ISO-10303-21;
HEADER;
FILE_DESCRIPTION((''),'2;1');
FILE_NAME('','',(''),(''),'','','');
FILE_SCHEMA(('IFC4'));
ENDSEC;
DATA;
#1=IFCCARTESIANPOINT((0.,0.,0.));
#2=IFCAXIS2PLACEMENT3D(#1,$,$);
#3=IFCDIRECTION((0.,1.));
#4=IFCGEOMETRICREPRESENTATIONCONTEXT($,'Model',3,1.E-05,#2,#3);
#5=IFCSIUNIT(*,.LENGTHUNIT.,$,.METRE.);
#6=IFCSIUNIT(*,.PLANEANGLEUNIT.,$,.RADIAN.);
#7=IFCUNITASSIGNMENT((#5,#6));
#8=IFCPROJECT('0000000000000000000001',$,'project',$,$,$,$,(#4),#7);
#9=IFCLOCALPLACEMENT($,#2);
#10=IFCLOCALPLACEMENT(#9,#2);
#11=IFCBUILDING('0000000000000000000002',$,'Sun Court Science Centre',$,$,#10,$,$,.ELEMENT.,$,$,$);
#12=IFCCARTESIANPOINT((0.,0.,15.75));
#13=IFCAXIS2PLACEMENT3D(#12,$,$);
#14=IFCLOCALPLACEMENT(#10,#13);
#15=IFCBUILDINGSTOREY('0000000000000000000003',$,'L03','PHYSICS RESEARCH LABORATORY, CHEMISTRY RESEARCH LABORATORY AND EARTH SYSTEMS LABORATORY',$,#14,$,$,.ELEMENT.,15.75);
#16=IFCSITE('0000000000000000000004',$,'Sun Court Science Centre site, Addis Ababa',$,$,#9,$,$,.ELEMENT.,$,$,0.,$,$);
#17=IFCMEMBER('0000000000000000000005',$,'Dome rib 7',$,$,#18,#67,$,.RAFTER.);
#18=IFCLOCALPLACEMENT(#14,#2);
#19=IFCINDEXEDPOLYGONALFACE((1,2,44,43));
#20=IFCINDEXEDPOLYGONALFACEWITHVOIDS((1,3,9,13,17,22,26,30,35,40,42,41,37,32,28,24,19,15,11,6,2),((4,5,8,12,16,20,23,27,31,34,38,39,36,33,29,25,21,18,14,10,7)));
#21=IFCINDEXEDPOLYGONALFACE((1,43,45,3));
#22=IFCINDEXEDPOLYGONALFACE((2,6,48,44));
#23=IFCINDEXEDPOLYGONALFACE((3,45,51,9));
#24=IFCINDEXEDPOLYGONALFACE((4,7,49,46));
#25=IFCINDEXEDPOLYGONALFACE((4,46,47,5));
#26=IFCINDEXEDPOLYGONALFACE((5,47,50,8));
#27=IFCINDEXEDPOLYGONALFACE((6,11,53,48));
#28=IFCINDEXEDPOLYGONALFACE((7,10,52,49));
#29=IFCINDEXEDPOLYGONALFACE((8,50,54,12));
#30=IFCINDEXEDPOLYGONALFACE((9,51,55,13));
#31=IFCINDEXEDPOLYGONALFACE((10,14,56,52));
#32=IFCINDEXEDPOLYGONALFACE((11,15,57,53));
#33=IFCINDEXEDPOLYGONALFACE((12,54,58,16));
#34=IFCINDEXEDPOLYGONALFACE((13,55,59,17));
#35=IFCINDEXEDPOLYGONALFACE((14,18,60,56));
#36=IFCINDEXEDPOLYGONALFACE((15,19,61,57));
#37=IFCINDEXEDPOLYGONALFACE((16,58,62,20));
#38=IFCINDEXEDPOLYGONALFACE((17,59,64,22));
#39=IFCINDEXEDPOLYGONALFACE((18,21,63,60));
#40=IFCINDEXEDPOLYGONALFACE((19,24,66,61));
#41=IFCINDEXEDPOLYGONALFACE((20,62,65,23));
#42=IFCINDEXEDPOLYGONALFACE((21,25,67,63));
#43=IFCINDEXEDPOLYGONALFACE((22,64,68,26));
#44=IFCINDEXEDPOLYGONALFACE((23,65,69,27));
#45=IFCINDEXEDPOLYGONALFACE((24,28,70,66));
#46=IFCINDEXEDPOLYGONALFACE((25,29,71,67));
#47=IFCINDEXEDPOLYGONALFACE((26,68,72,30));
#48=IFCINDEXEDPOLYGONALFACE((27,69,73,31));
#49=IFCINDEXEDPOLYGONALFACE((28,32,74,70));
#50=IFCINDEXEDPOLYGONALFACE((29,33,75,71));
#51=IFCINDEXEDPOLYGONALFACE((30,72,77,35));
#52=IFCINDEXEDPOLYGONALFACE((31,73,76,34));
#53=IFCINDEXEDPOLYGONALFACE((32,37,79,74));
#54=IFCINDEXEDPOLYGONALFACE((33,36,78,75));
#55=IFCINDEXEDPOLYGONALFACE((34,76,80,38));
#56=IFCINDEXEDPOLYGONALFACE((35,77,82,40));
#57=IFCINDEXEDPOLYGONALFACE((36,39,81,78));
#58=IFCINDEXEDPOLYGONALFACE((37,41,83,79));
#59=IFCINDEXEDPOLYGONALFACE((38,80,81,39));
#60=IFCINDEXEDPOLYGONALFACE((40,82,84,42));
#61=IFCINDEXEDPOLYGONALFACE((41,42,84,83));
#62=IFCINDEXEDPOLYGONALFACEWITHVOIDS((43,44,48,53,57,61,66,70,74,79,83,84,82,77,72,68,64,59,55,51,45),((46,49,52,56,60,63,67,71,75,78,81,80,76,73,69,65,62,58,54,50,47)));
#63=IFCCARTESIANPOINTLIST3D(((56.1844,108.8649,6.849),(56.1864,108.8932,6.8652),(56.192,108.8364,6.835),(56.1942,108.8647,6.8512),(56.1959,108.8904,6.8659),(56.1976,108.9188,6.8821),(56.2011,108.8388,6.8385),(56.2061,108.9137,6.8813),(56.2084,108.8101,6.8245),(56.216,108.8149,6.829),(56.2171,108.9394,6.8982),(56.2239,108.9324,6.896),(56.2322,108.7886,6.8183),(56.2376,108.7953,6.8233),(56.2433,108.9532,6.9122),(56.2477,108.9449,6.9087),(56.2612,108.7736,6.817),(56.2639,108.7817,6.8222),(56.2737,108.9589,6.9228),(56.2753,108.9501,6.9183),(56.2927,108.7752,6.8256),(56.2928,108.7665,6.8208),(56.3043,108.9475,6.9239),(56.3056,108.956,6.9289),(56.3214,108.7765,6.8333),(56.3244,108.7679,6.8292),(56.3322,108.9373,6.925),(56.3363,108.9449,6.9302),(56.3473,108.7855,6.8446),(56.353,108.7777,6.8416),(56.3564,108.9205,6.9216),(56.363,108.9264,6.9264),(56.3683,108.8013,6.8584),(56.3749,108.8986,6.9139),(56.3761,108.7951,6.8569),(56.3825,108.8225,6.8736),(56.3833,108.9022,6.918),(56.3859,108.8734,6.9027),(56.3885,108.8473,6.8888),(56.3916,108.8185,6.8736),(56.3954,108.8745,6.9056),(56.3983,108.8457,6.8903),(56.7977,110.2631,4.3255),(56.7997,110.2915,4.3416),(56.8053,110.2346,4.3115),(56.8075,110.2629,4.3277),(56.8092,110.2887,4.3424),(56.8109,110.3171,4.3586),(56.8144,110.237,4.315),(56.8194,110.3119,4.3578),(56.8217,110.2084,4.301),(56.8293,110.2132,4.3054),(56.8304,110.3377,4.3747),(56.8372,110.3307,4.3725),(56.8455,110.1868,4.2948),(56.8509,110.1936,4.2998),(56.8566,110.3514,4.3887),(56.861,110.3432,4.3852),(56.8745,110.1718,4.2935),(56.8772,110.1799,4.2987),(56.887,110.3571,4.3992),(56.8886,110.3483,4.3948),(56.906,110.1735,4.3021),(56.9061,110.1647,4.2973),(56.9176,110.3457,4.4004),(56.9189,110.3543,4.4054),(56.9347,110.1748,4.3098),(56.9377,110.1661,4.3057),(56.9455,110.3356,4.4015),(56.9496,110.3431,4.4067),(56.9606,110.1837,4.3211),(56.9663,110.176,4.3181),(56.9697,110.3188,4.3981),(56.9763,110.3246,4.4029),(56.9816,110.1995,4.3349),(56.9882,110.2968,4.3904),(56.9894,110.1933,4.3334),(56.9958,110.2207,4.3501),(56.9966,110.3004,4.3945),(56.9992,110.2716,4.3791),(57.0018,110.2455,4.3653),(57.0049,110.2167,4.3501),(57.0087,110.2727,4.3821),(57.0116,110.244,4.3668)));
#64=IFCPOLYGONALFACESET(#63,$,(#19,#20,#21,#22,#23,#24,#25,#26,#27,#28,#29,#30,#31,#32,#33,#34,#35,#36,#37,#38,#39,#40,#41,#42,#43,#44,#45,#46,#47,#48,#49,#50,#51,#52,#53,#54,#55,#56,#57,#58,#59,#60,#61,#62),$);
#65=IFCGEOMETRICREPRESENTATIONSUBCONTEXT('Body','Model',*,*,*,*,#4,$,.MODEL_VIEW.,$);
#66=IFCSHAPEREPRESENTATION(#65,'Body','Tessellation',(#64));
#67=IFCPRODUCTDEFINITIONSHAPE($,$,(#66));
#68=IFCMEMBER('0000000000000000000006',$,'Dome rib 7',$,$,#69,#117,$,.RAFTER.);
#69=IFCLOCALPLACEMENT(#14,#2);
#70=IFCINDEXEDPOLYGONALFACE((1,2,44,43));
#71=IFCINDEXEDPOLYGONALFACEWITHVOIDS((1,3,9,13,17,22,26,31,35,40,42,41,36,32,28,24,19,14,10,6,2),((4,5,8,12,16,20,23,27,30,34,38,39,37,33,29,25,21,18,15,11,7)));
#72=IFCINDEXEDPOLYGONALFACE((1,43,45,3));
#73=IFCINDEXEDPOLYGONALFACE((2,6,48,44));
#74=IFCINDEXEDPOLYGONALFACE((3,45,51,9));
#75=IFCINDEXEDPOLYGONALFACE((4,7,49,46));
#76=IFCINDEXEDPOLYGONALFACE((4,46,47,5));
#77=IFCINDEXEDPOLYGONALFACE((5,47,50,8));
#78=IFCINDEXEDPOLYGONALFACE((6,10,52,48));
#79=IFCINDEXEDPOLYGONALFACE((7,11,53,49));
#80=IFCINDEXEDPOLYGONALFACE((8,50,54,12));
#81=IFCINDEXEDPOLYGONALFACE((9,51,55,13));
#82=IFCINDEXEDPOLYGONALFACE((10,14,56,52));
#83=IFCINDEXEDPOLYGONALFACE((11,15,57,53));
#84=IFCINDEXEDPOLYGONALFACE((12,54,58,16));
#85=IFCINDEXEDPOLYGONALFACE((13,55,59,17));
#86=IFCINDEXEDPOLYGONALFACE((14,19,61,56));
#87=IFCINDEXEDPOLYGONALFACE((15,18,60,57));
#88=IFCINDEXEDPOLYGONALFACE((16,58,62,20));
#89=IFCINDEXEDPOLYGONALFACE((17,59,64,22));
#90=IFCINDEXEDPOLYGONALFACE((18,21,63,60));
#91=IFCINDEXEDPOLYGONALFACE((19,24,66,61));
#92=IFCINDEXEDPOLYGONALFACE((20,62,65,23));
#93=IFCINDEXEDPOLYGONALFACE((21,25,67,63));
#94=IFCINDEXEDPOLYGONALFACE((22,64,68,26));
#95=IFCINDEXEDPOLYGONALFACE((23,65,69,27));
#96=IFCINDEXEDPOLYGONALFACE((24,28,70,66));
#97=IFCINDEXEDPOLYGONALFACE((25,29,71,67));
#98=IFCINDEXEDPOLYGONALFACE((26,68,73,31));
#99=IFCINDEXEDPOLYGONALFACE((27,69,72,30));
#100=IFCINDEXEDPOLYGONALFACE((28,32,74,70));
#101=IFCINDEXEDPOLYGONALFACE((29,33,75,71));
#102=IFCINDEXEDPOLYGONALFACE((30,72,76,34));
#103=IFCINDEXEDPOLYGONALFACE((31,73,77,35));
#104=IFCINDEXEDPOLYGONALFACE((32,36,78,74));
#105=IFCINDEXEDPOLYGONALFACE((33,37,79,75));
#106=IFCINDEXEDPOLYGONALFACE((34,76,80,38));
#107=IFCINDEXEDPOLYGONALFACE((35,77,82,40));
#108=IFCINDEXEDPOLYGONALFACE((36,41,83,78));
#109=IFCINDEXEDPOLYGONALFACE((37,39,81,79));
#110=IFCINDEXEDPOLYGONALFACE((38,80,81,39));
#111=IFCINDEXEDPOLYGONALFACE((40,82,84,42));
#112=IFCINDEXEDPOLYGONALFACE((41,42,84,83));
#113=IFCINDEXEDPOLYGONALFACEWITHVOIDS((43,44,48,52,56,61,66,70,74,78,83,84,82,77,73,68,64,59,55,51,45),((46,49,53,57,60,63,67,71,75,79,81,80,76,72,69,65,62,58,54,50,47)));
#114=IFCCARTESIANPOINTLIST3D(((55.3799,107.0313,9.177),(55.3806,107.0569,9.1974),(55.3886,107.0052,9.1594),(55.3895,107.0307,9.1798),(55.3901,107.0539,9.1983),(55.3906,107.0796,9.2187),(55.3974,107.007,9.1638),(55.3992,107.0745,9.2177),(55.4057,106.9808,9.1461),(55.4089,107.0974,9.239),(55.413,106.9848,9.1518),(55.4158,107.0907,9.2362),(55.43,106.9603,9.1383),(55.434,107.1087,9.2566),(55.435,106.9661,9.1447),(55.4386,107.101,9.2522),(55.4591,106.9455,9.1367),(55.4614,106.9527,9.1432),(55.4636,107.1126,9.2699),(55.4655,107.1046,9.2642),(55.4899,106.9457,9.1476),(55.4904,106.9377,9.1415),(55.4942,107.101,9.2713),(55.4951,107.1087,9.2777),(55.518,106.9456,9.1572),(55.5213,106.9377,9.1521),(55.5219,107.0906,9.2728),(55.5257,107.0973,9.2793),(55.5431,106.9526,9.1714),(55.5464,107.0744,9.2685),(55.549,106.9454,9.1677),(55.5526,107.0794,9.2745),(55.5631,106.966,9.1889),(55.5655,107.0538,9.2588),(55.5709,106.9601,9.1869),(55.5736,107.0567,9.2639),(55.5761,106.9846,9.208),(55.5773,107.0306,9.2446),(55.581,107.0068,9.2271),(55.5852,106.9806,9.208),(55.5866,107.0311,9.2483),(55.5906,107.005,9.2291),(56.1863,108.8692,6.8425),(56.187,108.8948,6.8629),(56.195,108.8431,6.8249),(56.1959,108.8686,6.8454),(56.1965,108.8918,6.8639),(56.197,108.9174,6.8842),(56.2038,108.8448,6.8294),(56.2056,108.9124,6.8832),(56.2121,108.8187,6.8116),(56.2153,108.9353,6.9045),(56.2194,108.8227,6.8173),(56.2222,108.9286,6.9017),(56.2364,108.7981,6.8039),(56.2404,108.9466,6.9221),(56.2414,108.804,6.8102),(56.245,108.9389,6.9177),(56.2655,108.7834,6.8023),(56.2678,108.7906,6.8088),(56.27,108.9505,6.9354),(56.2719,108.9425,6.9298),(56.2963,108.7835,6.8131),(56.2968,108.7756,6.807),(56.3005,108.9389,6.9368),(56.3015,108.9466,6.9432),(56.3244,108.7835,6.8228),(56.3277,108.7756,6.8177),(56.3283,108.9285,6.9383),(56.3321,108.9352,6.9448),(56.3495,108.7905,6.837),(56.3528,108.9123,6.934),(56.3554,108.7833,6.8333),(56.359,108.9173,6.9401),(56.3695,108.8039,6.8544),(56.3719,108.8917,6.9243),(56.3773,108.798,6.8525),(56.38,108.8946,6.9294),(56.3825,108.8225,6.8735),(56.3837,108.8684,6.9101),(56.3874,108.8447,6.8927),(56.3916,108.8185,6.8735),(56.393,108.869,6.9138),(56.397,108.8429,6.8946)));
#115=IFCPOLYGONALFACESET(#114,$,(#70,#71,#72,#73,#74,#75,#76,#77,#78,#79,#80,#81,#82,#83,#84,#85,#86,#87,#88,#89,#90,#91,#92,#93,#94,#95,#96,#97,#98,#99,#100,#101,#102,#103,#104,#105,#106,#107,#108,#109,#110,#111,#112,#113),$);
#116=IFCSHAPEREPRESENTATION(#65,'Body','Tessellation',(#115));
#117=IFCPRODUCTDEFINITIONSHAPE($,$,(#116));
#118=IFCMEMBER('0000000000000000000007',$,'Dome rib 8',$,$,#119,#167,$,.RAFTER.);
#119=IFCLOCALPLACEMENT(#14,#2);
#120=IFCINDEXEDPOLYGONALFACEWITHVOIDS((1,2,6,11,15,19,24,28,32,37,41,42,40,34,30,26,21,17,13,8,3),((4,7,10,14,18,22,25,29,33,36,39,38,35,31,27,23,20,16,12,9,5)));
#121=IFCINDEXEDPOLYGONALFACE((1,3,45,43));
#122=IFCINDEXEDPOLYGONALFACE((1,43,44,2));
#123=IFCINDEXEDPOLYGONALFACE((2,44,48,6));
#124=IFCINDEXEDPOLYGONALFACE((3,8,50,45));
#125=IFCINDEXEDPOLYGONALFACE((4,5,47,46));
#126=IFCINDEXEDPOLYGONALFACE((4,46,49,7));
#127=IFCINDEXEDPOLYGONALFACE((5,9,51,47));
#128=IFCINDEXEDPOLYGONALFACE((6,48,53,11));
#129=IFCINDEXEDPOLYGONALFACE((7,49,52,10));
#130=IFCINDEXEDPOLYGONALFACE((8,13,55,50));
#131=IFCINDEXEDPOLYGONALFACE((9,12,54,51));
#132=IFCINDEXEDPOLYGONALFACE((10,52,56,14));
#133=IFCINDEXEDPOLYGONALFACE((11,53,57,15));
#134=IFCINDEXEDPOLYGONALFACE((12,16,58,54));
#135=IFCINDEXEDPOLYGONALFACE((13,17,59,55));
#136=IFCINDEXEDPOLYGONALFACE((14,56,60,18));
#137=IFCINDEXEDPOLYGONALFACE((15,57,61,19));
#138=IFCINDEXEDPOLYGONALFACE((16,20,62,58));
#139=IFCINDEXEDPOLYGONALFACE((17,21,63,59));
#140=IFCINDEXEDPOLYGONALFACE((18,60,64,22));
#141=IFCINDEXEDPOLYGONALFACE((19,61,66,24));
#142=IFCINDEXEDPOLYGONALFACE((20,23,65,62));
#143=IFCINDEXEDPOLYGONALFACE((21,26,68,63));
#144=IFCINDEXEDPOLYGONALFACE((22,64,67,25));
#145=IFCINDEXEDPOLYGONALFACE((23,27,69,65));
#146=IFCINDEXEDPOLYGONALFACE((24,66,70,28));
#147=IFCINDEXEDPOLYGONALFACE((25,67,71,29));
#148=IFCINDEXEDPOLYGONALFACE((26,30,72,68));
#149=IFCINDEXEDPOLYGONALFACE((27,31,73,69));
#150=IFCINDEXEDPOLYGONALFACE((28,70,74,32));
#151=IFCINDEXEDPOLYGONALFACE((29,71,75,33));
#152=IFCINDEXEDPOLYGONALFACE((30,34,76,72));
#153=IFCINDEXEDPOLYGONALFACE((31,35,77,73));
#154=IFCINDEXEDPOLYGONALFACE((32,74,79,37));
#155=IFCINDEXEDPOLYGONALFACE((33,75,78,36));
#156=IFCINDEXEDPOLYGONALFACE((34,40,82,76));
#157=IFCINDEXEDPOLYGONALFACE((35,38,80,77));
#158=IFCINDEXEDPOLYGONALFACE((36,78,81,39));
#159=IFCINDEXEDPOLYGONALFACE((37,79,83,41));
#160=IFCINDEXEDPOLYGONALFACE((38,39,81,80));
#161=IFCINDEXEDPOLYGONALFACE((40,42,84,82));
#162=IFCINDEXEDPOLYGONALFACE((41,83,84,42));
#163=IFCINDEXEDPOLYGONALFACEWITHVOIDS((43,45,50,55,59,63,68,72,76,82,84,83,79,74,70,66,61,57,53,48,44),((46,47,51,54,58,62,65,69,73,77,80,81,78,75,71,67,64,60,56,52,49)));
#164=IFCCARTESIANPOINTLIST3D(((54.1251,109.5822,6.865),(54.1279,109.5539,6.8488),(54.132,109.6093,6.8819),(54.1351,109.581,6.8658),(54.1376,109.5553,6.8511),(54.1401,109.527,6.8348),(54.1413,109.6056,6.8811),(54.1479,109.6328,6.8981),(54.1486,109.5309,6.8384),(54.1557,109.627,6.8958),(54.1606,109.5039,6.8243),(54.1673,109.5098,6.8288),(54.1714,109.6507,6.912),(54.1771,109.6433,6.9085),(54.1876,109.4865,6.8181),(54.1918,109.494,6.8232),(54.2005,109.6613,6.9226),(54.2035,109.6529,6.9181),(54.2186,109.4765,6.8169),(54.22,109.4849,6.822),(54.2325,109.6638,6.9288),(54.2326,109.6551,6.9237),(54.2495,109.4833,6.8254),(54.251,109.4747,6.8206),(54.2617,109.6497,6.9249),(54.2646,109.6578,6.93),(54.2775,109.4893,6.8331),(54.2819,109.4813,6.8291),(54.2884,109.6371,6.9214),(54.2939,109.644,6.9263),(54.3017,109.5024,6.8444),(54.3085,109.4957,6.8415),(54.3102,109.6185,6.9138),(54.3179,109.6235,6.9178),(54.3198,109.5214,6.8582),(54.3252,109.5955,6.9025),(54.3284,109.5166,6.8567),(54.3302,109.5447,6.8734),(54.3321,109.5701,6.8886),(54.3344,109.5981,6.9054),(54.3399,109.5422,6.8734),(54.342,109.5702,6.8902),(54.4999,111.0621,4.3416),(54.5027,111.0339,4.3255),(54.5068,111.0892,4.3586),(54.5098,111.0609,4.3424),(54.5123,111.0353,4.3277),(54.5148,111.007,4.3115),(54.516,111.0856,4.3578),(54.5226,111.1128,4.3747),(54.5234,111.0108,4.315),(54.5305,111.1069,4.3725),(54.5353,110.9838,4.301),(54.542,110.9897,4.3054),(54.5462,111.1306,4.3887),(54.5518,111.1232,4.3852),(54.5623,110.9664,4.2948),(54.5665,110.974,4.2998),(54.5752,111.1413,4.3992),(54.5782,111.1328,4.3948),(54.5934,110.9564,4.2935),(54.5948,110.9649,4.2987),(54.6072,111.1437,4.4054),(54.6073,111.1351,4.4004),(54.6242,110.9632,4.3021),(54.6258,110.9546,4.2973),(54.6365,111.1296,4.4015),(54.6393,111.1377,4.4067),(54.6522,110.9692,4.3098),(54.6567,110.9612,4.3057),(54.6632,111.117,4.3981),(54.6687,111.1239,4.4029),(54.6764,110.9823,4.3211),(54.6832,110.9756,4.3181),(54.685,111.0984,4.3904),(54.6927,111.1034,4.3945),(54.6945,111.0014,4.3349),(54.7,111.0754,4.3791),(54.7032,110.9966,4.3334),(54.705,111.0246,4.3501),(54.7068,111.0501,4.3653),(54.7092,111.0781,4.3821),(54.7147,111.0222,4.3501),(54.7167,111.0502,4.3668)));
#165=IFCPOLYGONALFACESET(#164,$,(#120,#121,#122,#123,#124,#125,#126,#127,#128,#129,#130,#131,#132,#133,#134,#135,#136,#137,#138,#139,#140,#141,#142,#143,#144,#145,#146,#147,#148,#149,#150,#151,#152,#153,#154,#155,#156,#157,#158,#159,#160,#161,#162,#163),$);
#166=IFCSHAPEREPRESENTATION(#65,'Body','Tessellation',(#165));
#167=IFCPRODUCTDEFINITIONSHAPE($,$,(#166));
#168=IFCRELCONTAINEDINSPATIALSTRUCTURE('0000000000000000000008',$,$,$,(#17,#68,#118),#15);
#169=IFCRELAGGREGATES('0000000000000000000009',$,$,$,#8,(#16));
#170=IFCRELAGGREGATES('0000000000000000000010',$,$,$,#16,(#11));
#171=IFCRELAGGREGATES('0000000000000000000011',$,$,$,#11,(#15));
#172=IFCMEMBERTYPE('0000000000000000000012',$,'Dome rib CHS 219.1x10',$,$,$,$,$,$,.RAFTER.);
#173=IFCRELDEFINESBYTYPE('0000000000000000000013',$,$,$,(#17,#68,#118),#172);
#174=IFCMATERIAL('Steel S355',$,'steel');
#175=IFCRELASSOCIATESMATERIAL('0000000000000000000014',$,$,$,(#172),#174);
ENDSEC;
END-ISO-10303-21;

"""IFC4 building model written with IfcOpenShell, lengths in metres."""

from ifc_helpers import new_model, si_unit, direction, frame, origin, origin_2d, place, context, subcontext, project, spatial, hollow_circle, extrude, material, material_profile, profile_set, type_object, element, save


model = new_model("IFC4")

# Units and contexts
model_context = context("Model", 3, precision=1e-05, world=origin(), true_north=direction((0.0, 1.0)))
body_context = subcontext(model_context, "Body", "Model", "MODEL_VIEW")
ifc_project = project(units=[si_unit("LENGTHUNIT", "METRE"), si_unit("PLANEANGLEUNIT", "RADIAN")], contexts=[model_context])

# Site, building, storey
site_placement = place(None, origin())
site = spatial("IfcSite", under=ifc_project, at=site_placement, Name="Sun Court Science Centre site, Addis Ababa", CompositionType="ELEMENT", RefElevation=0.0)
building_placement = place(site_placement, origin())
building = spatial("IfcBuilding", under=site, at=building_placement, Name="Sun Court Science Centre", CompositionType="ELEMENT")
storey_placement = place(building_placement, frame((0.0, 0.0, 15.75)))
storey = spatial("IfcBuildingStorey", under=building, at=storey_placement, Name="L03", Description="PHYSICS RESEARCH LABORATORY, CHEMISTRY RESEARCH LABORATORY AND EARTH SYSTEMS LABORATORY", CompositionType="ELEMENT", Elevation=15.75)

# Members
ifc_material_1 = material(Name="Steel S355", Category="steel")
ifc_material_profile_1 = material_profile(ifc_material_1, hollow_circle(Radius=0.1096, WallThickness=0.01, at=origin_2d()), Name="CHS 219.1x10")
ifc_profile_set_1 = profile_set([ifc_material_profile_1], Name="Steel S355")
member_type_1 = type_object("IfcMemberType", Name="Dome rib CHS 219.1x10", PredefinedType="RAFTER", material=ifc_profile_set_1)
member_1_placement = place(storey_placement, frame((56.9045, 110.2607, 4.3501), z_axis=(-0.207936, -0.474065, 0.855585), x_axis=(0.915779, -0.401683, 0.0)))
element("IfcMember", 1, at=member_1_placement, inside=storey, type_object=member_type_1, Name="Dome rib 7", PredefinedType="RAFTER", context=body_context, shape_type="SweptSolid", body=[
    extrude(hollow_circle(Radius=0.1096, WallThickness=0.01, at=origin_2d()), origin(), (0.0, 0.0, 1.0), 2.9495),
])
member_2_placement = place(storey_placement, frame((56.2913, 108.8625, 6.8735), z_axis=(-0.261935, -0.596986, 0.758286), x_axis=(0.915732, -0.401789, 0.0)))
element("IfcMember", 2, at=member_2_placement, inside=storey, type_object=member_type_1, Name="Dome rib 7", PredefinedType="RAFTER", context=body_context, shape_type="SweptSolid", body=[
    extrude(hollow_circle(Radius=0.1096, WallThickness=0.01, at=origin_2d()), origin(), (0.0, 0.0, 1.0), 3.0786),
])
member_3_placement = place(storey_placement, frame((54.6084, 111.0491, 4.3501), z_axis=(-0.127065, -0.501803, 0.855598), x_axis=(0.969404, -0.245469, 0.0)))
element("IfcMember", 3, at=member_3_placement, inside=storey, type_object=member_type_1, Name="Dome rib 8", PredefinedType="RAFTER", context=body_context, shape_type="SweptSolid", body=[
    extrude(hollow_circle(Radius=0.1096, WallThickness=0.01, at=origin_2d()), origin(), (0.0, 0.0, 1.0), 2.9492),
])

save(model, "model.ifc")
